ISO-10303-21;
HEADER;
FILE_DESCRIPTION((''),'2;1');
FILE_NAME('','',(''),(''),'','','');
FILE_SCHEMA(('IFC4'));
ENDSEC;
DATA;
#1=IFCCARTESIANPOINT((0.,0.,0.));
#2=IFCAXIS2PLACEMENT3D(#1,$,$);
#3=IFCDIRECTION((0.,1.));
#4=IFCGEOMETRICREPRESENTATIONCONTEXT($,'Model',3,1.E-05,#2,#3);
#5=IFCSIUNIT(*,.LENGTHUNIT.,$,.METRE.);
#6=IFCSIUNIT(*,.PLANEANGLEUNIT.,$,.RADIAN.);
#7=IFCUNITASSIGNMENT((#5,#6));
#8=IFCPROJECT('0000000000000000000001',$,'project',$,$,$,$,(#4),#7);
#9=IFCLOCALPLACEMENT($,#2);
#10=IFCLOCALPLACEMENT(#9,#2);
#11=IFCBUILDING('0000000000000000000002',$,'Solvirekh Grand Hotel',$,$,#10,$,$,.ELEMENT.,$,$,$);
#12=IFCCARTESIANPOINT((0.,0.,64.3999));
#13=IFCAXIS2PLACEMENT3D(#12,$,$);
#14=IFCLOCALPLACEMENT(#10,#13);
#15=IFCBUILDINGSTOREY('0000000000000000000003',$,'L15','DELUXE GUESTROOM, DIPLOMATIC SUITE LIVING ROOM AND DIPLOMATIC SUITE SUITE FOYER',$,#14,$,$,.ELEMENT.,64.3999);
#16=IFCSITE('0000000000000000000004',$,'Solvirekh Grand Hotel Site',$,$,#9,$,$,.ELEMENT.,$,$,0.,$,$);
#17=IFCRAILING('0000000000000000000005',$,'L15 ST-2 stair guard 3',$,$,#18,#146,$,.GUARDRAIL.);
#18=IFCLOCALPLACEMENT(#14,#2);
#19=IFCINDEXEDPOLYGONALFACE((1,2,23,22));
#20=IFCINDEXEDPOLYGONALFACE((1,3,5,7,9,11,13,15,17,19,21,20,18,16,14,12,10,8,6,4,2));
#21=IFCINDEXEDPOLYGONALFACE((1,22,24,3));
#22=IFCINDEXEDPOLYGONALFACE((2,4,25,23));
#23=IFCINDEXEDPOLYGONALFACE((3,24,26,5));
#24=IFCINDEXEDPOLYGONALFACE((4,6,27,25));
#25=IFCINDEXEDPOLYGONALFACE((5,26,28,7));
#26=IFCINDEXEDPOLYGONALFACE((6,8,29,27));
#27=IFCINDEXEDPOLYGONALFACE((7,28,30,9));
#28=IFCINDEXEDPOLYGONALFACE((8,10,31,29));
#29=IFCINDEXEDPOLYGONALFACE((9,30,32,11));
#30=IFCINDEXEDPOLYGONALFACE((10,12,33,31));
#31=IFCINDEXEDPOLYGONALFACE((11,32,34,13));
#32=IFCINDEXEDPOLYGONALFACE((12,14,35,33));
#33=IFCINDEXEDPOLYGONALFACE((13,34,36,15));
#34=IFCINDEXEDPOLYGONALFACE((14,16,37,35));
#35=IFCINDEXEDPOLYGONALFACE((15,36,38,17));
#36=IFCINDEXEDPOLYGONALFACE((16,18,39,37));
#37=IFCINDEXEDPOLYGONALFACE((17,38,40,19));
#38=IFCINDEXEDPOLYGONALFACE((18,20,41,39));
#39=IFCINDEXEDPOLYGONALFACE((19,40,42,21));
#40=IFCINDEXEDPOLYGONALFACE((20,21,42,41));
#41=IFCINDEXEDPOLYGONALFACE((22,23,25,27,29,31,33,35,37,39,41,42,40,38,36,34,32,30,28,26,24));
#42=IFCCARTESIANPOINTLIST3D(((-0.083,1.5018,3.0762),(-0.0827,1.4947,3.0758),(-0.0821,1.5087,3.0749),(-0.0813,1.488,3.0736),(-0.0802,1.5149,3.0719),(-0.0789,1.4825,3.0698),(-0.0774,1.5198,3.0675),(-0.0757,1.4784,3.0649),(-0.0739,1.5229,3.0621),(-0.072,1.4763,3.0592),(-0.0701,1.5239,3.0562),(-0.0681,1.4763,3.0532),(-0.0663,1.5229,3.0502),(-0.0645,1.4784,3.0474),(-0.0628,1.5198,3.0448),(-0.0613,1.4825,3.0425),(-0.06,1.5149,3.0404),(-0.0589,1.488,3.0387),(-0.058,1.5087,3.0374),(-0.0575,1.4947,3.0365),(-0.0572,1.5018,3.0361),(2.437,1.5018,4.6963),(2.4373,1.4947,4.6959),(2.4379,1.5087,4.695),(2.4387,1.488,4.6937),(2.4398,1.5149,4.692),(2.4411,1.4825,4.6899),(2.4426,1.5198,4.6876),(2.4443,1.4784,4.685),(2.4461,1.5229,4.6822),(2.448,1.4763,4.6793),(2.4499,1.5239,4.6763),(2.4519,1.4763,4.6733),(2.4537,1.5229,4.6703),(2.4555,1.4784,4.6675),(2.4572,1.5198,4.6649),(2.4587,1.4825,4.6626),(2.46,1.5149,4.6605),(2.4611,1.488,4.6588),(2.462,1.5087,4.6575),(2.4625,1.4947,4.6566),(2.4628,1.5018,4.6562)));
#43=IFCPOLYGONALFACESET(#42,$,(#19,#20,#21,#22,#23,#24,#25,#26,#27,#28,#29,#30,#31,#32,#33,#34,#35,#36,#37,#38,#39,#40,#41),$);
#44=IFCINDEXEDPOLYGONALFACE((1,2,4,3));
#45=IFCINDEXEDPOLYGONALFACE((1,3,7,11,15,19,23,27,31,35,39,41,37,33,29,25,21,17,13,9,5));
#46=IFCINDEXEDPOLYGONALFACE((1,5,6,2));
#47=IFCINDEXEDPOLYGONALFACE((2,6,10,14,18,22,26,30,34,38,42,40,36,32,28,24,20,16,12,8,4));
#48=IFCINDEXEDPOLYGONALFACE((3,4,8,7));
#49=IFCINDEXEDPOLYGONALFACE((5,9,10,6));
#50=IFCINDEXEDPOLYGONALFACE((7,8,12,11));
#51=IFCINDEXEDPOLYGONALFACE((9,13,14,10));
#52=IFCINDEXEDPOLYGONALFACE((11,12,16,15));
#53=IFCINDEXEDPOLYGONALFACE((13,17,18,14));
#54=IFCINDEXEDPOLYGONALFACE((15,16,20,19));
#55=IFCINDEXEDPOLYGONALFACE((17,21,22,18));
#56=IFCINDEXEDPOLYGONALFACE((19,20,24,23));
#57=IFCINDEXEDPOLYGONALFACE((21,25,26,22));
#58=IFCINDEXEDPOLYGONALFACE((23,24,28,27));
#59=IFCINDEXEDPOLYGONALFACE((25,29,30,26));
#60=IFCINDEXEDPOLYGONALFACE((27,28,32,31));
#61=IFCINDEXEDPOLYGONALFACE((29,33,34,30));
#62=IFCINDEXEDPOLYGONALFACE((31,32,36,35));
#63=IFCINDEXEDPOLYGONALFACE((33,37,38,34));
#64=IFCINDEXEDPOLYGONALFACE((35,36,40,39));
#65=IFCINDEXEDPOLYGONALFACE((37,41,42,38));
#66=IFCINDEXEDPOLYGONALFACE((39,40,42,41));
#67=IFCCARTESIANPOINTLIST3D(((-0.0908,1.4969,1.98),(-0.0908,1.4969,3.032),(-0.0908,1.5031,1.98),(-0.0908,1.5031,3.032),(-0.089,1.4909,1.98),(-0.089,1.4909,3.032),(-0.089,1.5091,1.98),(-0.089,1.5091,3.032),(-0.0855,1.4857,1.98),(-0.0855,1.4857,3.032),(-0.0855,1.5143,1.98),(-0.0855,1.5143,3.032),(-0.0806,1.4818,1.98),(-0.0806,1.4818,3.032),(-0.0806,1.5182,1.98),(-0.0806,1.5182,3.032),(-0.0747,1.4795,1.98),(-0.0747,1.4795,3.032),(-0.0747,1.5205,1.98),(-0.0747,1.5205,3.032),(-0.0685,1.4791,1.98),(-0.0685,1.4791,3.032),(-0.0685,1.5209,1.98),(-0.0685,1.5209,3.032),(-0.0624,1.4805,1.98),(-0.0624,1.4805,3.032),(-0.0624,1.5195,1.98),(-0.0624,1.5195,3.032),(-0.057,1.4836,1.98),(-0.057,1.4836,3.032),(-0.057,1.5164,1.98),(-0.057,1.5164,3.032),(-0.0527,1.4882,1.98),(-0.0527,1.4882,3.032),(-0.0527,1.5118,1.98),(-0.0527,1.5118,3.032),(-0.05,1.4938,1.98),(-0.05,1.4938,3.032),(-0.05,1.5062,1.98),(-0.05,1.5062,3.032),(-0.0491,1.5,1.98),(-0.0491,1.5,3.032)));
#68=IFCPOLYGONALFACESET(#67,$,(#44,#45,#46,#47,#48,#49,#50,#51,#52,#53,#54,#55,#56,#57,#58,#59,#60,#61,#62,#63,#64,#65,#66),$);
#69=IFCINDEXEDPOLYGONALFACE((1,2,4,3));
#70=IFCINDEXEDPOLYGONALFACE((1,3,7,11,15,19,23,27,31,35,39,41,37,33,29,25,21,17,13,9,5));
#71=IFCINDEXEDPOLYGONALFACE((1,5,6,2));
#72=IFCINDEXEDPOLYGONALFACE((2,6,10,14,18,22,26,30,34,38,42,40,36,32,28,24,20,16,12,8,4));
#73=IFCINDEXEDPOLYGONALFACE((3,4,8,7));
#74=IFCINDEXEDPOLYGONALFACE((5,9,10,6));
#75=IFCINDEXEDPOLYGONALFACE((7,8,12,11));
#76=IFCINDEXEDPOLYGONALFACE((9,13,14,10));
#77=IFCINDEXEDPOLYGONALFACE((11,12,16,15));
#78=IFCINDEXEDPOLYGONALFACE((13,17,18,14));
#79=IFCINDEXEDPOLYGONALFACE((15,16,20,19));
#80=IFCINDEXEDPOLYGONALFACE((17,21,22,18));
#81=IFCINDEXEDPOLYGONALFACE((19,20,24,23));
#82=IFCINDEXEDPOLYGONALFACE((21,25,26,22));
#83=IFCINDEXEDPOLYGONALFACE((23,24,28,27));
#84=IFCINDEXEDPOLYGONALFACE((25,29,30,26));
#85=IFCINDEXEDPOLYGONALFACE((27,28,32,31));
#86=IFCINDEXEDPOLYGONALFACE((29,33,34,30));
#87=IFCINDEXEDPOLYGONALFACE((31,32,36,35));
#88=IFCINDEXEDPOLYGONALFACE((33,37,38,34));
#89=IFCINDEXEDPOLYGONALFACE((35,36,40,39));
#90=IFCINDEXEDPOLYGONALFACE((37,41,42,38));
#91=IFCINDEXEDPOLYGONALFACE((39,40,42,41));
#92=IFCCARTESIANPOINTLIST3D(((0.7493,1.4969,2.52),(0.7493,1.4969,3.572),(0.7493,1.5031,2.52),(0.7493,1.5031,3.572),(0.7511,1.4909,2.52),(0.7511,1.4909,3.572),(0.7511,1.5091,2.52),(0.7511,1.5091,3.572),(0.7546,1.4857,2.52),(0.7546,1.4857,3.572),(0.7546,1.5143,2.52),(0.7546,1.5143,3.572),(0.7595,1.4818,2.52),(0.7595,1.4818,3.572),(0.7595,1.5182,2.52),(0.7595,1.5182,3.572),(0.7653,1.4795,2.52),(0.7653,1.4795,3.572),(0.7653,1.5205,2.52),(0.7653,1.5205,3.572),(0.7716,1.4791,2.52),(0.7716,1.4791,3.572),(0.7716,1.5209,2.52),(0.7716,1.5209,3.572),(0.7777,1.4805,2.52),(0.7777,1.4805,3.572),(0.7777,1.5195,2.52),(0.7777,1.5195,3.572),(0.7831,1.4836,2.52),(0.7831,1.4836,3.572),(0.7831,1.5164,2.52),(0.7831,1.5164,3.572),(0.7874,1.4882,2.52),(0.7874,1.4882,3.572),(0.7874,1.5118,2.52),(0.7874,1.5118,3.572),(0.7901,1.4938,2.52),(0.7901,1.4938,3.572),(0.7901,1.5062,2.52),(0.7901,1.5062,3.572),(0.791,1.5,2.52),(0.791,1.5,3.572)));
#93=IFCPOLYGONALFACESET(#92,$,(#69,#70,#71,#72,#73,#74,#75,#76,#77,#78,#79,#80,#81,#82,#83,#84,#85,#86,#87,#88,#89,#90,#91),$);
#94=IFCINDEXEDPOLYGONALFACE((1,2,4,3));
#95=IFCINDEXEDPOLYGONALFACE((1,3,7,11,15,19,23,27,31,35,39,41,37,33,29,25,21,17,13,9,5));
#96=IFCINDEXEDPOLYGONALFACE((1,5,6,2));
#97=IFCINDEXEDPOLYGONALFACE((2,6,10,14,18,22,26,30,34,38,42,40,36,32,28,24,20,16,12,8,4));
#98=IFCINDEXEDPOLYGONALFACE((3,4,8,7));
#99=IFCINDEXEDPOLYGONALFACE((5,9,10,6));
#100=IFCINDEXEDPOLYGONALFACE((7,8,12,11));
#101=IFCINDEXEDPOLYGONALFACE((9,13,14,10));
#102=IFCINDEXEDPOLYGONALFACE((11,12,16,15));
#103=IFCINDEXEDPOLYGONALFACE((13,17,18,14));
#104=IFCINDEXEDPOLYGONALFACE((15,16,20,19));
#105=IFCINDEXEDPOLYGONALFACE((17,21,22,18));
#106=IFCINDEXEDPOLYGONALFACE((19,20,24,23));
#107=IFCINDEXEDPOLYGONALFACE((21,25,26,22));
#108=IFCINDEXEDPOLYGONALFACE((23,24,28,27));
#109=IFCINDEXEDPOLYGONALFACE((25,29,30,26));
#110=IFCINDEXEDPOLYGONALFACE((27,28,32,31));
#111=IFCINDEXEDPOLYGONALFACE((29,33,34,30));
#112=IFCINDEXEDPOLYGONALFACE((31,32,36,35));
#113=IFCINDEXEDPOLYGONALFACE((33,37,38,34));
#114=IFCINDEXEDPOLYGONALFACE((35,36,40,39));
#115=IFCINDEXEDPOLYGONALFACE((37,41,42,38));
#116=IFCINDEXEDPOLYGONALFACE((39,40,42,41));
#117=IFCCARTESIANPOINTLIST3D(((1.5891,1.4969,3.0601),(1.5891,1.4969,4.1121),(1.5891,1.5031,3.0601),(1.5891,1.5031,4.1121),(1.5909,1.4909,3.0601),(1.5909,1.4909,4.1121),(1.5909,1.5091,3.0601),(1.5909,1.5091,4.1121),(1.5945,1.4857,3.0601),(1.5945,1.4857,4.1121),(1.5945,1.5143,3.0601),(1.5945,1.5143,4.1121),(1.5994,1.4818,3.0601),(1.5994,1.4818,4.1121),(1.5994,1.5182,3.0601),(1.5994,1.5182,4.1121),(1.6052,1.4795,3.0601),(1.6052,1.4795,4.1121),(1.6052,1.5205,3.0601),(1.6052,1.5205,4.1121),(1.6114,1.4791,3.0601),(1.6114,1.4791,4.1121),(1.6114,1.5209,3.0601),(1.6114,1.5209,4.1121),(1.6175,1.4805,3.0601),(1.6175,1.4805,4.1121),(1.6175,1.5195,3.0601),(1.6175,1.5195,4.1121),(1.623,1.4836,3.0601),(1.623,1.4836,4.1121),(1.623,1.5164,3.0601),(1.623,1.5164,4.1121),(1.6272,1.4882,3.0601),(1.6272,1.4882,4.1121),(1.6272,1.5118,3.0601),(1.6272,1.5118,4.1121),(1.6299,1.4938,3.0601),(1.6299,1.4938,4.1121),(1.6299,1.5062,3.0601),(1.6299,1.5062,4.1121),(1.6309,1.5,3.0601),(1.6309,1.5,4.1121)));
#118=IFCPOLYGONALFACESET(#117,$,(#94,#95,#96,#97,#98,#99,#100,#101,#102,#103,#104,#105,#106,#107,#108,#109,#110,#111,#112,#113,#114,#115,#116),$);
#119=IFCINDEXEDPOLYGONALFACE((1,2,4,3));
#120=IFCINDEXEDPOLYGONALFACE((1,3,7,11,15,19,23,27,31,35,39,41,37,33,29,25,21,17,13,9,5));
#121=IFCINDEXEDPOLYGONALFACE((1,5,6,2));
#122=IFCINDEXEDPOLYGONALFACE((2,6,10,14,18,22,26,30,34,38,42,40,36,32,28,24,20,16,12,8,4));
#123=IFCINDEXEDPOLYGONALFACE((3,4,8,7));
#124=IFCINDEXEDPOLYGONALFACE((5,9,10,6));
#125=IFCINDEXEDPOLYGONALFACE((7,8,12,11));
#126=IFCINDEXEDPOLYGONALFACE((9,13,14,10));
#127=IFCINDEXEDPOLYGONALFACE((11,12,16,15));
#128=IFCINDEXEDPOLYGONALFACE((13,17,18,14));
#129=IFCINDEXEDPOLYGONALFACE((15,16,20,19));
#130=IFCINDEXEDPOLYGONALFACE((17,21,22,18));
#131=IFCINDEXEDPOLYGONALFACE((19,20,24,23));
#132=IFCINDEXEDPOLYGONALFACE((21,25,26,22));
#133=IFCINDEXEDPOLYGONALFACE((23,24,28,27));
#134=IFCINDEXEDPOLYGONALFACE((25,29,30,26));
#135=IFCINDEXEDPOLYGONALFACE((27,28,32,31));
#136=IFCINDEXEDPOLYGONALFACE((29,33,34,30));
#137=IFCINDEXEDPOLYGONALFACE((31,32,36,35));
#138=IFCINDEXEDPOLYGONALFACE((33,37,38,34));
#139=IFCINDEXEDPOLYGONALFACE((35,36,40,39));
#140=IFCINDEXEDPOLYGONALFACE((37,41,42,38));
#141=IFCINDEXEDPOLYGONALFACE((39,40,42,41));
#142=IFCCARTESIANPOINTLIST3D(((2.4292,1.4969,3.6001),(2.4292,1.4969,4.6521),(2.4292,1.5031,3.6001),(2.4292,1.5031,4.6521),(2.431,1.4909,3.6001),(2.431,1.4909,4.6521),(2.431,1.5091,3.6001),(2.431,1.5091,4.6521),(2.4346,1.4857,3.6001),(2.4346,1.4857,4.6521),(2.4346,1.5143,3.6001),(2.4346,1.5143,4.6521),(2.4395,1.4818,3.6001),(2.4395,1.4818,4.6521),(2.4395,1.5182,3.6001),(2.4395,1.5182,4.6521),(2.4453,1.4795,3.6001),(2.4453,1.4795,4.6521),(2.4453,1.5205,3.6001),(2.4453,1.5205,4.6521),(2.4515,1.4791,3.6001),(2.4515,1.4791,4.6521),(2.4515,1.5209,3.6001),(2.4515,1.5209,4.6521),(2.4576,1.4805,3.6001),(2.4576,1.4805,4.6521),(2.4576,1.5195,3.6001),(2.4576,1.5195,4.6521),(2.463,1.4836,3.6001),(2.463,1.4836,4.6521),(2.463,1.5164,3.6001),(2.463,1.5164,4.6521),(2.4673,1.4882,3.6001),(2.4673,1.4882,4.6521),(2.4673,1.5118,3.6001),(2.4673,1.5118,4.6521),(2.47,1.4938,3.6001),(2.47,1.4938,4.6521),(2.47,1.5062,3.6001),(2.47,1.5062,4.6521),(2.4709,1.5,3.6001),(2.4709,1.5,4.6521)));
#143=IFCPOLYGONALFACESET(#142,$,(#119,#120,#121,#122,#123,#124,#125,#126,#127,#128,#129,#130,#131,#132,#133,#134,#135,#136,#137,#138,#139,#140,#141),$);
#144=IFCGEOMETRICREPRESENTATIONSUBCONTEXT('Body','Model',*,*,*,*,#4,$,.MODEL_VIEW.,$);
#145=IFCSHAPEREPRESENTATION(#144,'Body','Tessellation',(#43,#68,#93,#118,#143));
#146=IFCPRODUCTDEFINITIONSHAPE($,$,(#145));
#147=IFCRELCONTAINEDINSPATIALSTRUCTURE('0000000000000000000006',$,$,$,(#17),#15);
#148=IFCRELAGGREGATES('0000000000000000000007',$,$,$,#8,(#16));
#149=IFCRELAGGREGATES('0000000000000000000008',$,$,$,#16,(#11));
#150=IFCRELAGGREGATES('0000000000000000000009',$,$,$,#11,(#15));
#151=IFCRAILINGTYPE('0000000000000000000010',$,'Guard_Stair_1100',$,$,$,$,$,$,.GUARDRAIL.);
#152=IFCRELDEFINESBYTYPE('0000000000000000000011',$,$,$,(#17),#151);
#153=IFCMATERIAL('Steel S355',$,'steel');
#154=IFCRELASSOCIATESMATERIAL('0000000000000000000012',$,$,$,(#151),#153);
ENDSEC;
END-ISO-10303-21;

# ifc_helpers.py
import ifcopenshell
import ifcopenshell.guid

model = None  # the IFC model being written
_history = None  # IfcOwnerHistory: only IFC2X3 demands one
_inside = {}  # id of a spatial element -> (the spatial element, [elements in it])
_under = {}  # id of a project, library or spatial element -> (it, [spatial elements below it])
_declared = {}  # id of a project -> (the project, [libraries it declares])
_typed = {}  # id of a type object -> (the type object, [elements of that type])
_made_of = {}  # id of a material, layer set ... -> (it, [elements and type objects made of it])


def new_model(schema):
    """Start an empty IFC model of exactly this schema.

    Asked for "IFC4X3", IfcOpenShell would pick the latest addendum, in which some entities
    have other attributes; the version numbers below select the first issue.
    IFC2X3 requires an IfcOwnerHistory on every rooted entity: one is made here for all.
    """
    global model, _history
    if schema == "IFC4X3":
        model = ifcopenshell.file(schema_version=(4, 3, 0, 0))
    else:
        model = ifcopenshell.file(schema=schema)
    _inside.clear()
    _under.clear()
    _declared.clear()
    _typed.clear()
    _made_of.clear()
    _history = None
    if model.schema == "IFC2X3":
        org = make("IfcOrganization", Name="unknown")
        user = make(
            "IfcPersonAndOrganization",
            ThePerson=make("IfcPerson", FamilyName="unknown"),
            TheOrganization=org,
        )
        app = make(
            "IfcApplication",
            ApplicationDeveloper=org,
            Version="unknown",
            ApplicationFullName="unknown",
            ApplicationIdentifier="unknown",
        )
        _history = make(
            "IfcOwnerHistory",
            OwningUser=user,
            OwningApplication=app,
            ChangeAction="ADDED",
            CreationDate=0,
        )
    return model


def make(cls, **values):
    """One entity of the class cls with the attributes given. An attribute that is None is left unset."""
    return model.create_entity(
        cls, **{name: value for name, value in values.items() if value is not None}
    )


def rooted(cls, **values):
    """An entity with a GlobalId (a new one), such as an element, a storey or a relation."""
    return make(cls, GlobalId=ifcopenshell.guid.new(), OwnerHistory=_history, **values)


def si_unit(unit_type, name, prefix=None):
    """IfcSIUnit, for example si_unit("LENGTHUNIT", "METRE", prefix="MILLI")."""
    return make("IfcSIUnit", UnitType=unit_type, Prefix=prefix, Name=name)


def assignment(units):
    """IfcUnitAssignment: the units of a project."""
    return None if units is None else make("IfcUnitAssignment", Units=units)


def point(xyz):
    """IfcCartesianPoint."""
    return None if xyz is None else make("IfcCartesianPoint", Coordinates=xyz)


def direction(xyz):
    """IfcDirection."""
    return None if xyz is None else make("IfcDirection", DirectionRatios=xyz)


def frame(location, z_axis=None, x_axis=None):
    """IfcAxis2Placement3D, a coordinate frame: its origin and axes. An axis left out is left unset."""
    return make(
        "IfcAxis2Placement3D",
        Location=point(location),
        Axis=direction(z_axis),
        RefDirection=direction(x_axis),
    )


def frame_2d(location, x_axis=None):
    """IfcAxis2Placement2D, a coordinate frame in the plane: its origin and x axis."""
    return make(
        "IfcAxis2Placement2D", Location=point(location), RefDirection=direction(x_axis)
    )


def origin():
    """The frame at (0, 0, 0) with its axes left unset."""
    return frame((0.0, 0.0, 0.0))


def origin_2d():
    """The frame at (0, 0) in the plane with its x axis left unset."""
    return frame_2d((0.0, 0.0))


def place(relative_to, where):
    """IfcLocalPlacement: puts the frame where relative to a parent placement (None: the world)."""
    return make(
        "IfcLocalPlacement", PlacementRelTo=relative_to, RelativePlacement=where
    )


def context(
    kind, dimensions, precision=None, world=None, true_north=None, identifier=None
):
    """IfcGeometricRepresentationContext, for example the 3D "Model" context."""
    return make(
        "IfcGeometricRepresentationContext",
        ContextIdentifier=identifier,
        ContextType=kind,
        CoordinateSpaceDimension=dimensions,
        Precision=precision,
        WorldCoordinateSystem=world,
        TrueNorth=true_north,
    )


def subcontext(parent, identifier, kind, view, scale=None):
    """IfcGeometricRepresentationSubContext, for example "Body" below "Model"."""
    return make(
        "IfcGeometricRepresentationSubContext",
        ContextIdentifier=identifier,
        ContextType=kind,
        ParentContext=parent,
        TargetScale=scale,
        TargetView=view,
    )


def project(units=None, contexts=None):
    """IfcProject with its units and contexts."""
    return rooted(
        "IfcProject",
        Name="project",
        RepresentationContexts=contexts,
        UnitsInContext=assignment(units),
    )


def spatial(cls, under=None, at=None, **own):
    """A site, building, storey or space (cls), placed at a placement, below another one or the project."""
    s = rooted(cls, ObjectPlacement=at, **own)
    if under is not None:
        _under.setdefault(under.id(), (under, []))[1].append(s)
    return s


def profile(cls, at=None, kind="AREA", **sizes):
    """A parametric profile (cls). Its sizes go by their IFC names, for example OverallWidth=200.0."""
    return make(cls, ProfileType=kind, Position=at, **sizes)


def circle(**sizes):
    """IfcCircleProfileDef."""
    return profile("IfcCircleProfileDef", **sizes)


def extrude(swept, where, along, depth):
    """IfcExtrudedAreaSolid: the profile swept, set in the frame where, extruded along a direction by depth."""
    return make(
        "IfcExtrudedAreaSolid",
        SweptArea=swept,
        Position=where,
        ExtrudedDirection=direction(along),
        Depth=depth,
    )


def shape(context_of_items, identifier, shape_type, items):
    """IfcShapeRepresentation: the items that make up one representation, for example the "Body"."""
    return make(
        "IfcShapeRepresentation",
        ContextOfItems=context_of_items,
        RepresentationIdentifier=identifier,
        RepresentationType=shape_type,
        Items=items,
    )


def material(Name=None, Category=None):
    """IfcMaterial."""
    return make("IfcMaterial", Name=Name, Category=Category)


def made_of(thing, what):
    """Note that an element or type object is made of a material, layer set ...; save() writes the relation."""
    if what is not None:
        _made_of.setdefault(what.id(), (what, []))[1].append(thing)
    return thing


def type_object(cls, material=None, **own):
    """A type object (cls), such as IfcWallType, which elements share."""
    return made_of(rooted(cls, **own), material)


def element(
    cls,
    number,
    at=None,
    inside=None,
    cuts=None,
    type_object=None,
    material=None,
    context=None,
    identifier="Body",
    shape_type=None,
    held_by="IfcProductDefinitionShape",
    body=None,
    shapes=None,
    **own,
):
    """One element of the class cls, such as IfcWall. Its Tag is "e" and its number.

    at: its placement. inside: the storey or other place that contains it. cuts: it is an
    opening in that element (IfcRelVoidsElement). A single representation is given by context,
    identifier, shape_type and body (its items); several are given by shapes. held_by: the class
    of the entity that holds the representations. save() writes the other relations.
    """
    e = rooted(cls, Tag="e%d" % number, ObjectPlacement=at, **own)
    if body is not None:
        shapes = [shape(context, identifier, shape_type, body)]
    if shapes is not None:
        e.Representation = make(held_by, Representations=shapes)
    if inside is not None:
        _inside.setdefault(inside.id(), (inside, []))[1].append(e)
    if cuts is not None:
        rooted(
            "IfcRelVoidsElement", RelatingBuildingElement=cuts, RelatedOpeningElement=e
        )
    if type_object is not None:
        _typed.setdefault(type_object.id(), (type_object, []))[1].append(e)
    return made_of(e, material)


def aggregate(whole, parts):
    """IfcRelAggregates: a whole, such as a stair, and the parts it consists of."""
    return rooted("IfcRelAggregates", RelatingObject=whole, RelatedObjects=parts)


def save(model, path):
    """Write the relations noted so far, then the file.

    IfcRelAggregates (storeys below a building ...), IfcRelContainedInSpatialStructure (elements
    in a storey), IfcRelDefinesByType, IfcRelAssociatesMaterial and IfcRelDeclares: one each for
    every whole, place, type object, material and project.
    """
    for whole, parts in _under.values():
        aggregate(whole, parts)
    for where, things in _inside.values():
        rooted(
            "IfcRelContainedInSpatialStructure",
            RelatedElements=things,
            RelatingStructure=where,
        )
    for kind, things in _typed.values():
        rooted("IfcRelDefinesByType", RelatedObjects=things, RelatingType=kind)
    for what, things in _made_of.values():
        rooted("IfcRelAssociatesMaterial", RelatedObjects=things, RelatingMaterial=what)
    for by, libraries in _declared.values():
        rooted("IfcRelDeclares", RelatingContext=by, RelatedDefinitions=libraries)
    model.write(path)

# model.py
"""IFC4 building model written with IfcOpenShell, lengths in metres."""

from ifc_helpers import new_model, si_unit, direction, frame, origin, origin_2d, place, context, subcontext, project, spatial, circle, extrude, material, type_object, element, save


model = new_model("IFC4")

# Units and contexts
model_context = context("Model", 3, precision=1e-05, world=origin(), true_north=direction((0.0, 1.0)))
body_context = subcontext(model_context, "Body", "Model", "MODEL_VIEW")
ifc_project = project(units=[si_unit("LENGTHUNIT", "METRE"), si_unit("PLANEANGLEUNIT", "RADIAN")], contexts=[model_context])

# Site, building, storey
site_placement = place(None, origin())
site = spatial("IfcSite", under=ifc_project, at=site_placement, Name="Solvirekh Grand Hotel Site", CompositionType="ELEMENT", RefElevation=0.0)
building_placement = place(site_placement, origin())
building = spatial("IfcBuilding", under=site, at=building_placement, Name="Solvirekh Grand Hotel", CompositionType="ELEMENT")
storey_placement = place(building_placement, frame((0.0, 0.0, 64.3999)))
storey = spatial("IfcBuildingStorey", under=building, at=storey_placement, Name="L15", Description="DELUXE GUESTROOM, DIPLOMATIC SUITE LIVING ROOM AND DIPLOMATIC SUITE SUITE FOYER", CompositionType="ELEMENT", Elevation=64.3999)

# Railing
ifc_material_1 = material(Name="Steel S355", Category="steel")
railing_type_1 = type_object("IfcRailingType", Name="Guard_Stair_1100", PredefinedType="GUARDRAIL", material=ifc_material_1)
railing_1_placement = place(storey_placement, frame((-0.0701, 1.5, 1.98)))
element("IfcRailing", 1, at=railing_1_placement, inside=storey, type_object=railing_type_1, Name="L15 ST-2 stair guard 3", PredefinedType="GUARDRAIL", context=body_context, shape_type="SweptSolid", body=[
    extrude(circle(Radius=0.0239, at=origin_2d()), frame((0.0, 0.0, 1.0762), z_axis=(0.841163, 0.0, 0.540782), x_axis=(0.0, 1.0, 0.0)), (0.0, 0.0, 1.0), 2.9958),
    extrude(circle(Radius=0.021, at=origin_2d()), origin(), (0.0, 0.0, 1.0), 1.052),
    extrude(circle(Radius=0.021, at=origin_2d()), frame((0.8401, 0.0, 0.54)), (0.0, 0.0, 1.0), 1.052),
    extrude(circle(Radius=0.021, at=origin_2d()), frame((1.6799, 0.0, 1.0801)), (0.0, 0.0, 1.0), 1.052),
    extrude(circle(Radius=0.021, at=origin_2d()), frame((2.52, 0.0, 1.6201)), (0.0, 0.0, 1.0), 1.052),
])

save(model, "model.ifc")
